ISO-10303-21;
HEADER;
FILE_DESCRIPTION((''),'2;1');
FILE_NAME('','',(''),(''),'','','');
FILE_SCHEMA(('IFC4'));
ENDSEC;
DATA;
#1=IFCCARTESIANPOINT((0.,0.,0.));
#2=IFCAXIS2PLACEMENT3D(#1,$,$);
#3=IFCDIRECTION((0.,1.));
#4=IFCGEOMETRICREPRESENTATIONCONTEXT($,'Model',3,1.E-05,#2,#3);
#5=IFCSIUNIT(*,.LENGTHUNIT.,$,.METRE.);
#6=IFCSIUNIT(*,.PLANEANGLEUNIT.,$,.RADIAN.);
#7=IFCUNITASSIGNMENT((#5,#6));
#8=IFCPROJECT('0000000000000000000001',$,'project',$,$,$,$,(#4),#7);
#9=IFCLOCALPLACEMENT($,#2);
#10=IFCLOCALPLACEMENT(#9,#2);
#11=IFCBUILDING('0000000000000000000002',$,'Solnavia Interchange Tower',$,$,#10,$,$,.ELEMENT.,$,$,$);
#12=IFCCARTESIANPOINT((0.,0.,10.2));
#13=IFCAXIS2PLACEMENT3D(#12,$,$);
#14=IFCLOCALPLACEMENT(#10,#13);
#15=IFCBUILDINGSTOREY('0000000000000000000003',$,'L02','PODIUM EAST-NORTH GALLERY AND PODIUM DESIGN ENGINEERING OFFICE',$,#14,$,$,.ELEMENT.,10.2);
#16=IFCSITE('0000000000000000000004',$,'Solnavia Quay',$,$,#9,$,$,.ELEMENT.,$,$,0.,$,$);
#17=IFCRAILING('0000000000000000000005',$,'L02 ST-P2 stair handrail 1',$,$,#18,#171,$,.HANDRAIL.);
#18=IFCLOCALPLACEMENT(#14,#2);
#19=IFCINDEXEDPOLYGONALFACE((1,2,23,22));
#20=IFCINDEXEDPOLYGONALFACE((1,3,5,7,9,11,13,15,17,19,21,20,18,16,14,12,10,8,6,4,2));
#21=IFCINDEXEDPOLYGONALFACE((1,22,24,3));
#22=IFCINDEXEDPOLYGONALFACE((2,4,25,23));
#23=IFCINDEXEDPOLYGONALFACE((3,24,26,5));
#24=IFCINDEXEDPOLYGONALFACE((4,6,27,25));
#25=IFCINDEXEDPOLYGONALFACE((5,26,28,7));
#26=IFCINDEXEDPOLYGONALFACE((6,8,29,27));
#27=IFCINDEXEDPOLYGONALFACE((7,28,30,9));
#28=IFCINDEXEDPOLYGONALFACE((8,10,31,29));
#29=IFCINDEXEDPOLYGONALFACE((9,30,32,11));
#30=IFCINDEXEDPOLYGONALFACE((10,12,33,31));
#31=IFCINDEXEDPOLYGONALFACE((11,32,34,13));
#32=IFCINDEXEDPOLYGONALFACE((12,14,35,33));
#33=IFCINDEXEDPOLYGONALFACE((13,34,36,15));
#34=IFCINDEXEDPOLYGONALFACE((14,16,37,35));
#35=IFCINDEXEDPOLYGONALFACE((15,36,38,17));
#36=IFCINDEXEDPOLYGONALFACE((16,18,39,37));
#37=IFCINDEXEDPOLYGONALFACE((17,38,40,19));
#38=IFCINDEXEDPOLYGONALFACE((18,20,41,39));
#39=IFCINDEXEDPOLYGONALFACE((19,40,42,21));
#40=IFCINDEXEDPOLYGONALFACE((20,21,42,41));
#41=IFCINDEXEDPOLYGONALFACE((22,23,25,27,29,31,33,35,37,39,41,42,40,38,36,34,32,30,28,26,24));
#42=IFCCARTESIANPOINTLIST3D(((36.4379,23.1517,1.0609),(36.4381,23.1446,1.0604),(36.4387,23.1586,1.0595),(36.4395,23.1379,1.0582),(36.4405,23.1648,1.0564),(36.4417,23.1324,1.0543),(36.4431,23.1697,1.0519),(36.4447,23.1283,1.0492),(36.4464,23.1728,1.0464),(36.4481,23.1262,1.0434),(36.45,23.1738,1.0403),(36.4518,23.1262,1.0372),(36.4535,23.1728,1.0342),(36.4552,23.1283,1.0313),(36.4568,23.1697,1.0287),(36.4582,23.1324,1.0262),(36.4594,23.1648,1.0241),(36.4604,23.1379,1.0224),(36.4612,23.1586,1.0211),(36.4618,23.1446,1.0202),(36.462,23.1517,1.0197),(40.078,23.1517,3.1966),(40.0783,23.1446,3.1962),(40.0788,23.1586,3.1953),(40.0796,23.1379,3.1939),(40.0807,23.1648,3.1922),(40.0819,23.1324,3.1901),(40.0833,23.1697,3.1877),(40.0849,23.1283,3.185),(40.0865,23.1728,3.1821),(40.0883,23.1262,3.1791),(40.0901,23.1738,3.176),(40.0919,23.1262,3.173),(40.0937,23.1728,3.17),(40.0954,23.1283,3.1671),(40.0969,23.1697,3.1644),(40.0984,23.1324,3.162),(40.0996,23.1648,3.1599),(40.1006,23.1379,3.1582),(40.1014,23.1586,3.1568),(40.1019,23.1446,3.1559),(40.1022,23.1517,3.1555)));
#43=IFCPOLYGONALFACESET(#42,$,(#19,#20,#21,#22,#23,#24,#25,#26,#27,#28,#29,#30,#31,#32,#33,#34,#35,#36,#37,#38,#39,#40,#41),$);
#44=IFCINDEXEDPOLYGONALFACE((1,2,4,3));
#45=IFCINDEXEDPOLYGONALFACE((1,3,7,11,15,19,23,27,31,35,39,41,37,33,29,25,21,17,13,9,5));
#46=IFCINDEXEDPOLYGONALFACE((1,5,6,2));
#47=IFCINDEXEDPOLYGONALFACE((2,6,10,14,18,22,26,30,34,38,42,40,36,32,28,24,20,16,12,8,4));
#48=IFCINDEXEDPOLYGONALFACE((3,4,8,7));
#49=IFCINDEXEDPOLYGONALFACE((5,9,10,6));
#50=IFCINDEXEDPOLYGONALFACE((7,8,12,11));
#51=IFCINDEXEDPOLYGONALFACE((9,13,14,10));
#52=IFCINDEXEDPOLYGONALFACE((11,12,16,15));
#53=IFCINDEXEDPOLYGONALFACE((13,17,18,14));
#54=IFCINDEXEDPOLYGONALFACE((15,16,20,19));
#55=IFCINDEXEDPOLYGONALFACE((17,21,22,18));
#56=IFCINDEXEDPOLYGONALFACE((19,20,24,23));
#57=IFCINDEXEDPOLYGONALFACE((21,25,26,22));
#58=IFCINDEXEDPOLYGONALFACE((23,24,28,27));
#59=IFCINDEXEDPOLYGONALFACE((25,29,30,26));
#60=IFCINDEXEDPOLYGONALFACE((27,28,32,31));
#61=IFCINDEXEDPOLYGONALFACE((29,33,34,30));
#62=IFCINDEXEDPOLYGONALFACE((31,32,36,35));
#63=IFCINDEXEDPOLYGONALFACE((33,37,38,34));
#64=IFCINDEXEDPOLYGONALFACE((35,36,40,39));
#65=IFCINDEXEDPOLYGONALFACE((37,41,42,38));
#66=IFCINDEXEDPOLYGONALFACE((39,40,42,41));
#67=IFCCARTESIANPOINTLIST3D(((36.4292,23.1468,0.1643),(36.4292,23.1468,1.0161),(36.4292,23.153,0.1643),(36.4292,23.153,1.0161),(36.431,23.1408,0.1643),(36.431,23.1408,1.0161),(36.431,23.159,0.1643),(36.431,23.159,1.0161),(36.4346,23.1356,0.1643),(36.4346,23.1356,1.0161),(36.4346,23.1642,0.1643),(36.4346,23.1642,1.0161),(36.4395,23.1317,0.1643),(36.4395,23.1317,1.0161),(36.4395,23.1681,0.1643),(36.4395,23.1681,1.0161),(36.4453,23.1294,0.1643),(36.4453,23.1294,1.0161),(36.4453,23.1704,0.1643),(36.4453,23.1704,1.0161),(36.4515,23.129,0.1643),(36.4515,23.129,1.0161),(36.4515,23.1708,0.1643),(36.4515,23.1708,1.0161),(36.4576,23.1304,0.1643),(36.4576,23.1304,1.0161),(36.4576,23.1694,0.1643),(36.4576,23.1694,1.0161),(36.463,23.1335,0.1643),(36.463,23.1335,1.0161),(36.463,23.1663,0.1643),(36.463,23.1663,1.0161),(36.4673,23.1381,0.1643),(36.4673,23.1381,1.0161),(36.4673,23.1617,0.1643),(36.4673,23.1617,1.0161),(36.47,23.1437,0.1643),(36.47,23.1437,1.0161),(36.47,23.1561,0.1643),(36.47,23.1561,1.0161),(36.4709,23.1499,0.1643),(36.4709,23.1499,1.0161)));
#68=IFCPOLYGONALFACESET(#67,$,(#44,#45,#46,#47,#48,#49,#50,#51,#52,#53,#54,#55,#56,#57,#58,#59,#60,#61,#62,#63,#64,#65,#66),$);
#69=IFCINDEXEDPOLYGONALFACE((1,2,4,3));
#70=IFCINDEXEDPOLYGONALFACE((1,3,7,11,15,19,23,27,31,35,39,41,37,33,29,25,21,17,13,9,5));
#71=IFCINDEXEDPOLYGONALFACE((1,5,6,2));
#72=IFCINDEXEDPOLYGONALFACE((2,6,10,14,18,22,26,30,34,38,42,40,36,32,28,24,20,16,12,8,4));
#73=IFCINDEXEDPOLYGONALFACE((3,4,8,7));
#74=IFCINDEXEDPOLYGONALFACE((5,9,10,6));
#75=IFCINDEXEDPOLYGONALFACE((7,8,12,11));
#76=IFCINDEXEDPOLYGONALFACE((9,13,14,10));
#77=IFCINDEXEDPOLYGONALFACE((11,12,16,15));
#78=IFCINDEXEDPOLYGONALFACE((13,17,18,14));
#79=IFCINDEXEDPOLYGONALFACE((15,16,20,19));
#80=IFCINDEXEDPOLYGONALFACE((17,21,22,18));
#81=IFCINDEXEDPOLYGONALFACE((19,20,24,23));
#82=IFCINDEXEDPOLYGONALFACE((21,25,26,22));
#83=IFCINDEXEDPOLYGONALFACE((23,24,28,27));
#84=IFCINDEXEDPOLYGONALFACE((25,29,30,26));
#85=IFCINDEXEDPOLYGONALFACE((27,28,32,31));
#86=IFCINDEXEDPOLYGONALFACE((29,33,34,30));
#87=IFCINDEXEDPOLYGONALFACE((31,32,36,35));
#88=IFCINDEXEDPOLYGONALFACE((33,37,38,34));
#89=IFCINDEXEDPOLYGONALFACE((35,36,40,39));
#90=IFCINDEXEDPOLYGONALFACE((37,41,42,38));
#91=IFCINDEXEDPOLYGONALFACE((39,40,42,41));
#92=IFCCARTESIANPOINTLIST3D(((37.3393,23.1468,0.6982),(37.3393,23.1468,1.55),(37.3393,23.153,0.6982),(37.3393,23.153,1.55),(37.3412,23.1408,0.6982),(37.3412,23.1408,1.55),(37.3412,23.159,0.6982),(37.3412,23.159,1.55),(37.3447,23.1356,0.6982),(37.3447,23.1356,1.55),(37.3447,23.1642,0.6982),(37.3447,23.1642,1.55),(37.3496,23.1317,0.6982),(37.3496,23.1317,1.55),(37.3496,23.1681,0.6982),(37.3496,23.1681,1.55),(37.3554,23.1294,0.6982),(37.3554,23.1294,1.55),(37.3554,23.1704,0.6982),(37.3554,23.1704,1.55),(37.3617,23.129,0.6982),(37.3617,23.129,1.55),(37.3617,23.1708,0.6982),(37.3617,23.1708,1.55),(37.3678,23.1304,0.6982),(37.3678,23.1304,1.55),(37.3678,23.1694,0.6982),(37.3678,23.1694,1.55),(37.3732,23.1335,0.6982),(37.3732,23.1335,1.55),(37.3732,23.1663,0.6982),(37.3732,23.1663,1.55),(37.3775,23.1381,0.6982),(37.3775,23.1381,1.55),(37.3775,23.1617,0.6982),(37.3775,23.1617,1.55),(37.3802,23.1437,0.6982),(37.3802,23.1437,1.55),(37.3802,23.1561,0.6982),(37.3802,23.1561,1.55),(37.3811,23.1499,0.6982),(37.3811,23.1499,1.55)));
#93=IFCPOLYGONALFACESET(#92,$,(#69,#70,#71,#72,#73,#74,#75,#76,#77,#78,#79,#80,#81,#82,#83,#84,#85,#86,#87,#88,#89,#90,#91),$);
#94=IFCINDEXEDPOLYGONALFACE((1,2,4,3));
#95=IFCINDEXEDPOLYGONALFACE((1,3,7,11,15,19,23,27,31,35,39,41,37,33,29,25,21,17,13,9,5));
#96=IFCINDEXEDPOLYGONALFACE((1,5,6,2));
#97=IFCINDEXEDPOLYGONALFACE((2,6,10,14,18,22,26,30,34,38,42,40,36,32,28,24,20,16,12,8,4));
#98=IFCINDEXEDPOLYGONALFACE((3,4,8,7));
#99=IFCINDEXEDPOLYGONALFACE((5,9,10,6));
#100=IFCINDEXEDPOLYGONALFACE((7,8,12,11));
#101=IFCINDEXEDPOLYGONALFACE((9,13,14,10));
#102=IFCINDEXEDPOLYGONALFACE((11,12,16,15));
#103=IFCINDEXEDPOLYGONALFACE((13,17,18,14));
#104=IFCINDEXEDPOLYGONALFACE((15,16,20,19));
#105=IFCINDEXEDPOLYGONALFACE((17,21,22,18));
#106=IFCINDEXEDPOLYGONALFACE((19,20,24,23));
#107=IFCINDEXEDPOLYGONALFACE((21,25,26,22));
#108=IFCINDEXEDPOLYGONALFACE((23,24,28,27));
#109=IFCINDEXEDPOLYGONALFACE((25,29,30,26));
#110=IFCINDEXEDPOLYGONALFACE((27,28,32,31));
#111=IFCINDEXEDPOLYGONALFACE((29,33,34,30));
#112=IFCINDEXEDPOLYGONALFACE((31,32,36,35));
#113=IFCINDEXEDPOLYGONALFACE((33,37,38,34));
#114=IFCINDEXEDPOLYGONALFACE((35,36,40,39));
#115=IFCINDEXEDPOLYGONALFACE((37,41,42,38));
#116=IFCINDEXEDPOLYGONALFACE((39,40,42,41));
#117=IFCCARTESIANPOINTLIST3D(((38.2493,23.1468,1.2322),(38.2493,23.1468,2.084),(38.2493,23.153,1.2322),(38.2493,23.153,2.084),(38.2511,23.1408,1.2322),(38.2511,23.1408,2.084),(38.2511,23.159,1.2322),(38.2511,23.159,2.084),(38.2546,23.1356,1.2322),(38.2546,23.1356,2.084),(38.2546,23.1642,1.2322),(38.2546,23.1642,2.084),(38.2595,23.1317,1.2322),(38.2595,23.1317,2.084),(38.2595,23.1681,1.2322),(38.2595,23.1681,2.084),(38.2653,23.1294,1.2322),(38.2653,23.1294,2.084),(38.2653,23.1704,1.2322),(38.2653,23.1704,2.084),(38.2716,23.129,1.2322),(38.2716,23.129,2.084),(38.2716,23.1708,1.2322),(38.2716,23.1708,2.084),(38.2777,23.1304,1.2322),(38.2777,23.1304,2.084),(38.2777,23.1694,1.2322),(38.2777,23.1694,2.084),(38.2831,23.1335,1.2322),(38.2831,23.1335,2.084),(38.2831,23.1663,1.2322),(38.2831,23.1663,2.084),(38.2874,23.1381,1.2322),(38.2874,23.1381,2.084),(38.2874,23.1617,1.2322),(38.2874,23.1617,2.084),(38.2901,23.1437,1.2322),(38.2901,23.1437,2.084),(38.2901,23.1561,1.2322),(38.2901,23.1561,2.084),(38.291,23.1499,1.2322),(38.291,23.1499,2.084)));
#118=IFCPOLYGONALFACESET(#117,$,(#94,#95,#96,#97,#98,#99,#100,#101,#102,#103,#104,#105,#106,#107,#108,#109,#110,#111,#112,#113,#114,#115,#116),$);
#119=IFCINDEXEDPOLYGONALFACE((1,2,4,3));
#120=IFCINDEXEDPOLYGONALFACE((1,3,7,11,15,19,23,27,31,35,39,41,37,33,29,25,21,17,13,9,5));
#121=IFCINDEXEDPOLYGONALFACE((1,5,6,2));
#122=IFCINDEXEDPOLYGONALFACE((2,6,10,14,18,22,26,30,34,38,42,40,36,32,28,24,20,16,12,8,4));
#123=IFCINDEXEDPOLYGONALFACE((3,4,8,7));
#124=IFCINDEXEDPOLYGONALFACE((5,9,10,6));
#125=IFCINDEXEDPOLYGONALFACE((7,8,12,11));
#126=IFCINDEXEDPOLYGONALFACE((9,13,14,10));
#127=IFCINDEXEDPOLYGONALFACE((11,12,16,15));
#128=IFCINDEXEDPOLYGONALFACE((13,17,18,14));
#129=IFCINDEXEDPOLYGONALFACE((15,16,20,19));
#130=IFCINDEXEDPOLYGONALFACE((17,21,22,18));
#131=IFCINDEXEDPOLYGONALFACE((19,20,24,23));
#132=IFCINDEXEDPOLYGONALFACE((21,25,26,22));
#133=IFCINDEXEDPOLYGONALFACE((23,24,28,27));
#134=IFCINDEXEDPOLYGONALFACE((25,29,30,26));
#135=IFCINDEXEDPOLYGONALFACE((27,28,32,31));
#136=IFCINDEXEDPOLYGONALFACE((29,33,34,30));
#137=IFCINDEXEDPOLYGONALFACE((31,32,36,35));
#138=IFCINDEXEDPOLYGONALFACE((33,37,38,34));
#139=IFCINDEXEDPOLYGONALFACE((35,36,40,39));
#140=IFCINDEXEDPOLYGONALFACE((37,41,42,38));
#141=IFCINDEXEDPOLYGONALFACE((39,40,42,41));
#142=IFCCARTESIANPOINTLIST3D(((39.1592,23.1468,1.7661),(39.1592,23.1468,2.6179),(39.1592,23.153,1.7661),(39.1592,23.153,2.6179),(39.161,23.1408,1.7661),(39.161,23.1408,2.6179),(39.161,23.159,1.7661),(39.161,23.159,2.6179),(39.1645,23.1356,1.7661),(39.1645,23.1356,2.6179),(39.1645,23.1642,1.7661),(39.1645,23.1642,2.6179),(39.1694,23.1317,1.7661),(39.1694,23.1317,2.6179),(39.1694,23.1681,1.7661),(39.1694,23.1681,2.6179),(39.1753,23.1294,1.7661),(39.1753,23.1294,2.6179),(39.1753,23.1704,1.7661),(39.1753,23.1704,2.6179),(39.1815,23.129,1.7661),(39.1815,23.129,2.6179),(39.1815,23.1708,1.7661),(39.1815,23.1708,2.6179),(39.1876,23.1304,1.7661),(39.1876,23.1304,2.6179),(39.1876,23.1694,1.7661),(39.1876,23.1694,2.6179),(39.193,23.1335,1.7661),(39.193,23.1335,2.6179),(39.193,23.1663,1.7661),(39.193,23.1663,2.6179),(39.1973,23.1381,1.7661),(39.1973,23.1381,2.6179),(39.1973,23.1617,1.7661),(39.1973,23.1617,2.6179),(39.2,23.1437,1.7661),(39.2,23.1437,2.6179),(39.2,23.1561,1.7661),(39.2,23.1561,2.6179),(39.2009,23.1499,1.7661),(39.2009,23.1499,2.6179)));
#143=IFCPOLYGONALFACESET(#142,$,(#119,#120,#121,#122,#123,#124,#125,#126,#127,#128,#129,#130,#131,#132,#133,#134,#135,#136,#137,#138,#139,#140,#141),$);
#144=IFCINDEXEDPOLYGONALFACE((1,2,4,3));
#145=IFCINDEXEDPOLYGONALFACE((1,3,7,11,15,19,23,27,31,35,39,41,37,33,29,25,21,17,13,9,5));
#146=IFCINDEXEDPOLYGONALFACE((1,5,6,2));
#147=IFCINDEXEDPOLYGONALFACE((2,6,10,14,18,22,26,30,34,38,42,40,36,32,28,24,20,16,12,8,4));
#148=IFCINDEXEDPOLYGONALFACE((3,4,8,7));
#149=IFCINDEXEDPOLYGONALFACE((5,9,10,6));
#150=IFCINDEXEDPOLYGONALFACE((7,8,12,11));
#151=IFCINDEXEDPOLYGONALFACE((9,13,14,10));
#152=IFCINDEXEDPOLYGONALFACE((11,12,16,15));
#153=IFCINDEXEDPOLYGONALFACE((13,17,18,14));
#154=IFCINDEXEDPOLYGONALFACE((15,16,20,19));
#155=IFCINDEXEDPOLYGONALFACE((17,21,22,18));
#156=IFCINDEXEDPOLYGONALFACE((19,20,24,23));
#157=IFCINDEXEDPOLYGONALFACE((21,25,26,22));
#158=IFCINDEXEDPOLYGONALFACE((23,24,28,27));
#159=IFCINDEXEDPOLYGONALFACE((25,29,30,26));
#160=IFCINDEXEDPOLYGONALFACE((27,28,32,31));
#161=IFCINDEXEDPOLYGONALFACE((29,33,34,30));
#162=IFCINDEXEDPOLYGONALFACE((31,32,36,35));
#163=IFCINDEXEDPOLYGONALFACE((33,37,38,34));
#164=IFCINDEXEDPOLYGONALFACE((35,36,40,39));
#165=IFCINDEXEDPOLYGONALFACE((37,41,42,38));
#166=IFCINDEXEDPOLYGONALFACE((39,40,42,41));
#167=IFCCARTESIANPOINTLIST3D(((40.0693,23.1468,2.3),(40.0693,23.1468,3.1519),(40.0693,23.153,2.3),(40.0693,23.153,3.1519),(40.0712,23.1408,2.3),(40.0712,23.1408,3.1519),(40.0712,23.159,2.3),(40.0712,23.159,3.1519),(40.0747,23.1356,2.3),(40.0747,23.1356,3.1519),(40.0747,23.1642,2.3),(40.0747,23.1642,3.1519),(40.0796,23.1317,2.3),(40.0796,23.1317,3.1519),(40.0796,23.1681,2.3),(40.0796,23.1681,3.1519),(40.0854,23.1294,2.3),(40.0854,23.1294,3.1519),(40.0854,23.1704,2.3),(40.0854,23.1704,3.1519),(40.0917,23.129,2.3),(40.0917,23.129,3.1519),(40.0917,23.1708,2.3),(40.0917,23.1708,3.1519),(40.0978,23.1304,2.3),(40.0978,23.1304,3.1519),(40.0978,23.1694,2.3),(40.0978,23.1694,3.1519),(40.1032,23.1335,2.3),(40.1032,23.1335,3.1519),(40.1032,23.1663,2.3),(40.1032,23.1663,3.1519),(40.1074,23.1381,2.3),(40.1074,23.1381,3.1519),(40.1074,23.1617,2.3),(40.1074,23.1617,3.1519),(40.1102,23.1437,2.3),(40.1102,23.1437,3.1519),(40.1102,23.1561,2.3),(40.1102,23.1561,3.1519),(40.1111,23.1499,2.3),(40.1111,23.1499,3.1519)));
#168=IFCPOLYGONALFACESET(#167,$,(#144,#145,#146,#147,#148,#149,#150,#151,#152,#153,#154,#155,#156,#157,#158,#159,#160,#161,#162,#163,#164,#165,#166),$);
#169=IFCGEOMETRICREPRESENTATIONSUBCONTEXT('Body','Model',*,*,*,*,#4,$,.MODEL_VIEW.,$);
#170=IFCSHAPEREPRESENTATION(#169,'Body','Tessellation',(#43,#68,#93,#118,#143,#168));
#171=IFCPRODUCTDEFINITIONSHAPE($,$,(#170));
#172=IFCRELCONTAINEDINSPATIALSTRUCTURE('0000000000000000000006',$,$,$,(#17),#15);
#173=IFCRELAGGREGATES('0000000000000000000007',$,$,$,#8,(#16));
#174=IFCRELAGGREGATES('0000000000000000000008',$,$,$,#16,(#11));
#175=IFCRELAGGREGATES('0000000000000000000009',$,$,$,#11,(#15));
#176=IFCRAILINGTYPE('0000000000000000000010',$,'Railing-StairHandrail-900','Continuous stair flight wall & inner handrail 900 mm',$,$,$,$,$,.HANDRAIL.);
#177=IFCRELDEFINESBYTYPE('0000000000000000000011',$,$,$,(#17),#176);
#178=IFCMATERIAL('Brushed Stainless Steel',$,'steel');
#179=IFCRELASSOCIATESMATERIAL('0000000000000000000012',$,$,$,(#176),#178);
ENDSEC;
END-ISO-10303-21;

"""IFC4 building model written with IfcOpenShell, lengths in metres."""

from ifc_helpers import new_model, si_unit, direction, frame, origin, origin_2d, place, context, subcontext, project, spatial, circle, extrude, material, type_object, element, save


model = new_model("IFC4")

# Units and contexts
model_context = context("Model", 3, precision=1e-05, world=origin(), true_north=direction((0.0, 1.0)))
body_context = subcontext(model_context, "Body", "Model", "MODEL_VIEW")
ifc_project = project(units=[si_unit("LENGTHUNIT", "METRE"), si_unit("PLANEANGLEUNIT", "RADIAN")], contexts=[model_context])

# Site, building, storey
site_placement = place(None, origin())
site = spatial("IfcSite", under=ifc_project, at=site_placement, Name="Solnavia Quay", CompositionType="ELEMENT", RefElevation=0.0)
building_placement = place(site_placement, origin())
building = spatial("IfcBuilding", under=site, at=building_placement, Name="Solnavia Interchange Tower", CompositionType="ELEMENT")
storey_placement = place(building_placement, frame((0.0, 0.0, 10.2)))
storey = spatial("IfcBuildingStorey", under=building, at=storey_placement, Name="L02", Description="PODIUM EAST-NORTH GALLERY AND PODIUM DESIGN ENGINEERING OFFICE", CompositionType="ELEMENT", Elevation=10.2)

# Railing
ifc_material_1 = material(Name="Brushed Stainless Steel", Category="steel")
railing_type_1 = type_object("IfcRailingType", Name="Railing-StairHandrail-900", Description="Continuous stair flight wall & inner handrail 900 mm", PredefinedType="HANDRAIL", material=ifc_material_1)
railing_1_placement = place(storey_placement, frame((36.45, 23.1499, 0.1643)))
element("IfcRailing", 1, at=railing_1_placement, inside=storey, type_object=railing_type_1, Name="L02 ST-P2 stair handrail 1", PredefinedType="HANDRAIL", context=body_context, shape_type="SweptSolid", body=[
    extrude(circle(Radius=0.0239, at=origin_2d()), frame((0.0, 0.0, 0.876), z_axis=(0.862505, 0.0, 0.506049), x_axis=(0.0, 1.0, 0.0)), (0.0, 0.0, 1.0), 4.2205),
    extrude(circle(Radius=0.021, at=origin_2d()), origin(), (0.0, 0.0, 1.0), 0.8518),
    extrude(circle(Radius=0.021, at=origin_2d()), frame((0.9102, 0.0, 0.5339)), (0.0, 0.0, 1.0), 0.8518),
    extrude(circle(Radius=0.021, at=origin_2d()), frame((1.8201, 0.0, 1.0679)), (0.0, 0.0, 1.0), 0.8518),
    extrude(circle(Radius=0.021, at=origin_2d()), frame((2.73, 0.0, 1.6018)), (0.0, 0.0, 1.0), 0.8518),
    extrude(circle(Radius=0.021, at=origin_2d()), frame((3.6401, 0.0, 2.1357)), (0.0, 0.0, 1.0), 0.8518),
])

save(model, "model.ifc")
